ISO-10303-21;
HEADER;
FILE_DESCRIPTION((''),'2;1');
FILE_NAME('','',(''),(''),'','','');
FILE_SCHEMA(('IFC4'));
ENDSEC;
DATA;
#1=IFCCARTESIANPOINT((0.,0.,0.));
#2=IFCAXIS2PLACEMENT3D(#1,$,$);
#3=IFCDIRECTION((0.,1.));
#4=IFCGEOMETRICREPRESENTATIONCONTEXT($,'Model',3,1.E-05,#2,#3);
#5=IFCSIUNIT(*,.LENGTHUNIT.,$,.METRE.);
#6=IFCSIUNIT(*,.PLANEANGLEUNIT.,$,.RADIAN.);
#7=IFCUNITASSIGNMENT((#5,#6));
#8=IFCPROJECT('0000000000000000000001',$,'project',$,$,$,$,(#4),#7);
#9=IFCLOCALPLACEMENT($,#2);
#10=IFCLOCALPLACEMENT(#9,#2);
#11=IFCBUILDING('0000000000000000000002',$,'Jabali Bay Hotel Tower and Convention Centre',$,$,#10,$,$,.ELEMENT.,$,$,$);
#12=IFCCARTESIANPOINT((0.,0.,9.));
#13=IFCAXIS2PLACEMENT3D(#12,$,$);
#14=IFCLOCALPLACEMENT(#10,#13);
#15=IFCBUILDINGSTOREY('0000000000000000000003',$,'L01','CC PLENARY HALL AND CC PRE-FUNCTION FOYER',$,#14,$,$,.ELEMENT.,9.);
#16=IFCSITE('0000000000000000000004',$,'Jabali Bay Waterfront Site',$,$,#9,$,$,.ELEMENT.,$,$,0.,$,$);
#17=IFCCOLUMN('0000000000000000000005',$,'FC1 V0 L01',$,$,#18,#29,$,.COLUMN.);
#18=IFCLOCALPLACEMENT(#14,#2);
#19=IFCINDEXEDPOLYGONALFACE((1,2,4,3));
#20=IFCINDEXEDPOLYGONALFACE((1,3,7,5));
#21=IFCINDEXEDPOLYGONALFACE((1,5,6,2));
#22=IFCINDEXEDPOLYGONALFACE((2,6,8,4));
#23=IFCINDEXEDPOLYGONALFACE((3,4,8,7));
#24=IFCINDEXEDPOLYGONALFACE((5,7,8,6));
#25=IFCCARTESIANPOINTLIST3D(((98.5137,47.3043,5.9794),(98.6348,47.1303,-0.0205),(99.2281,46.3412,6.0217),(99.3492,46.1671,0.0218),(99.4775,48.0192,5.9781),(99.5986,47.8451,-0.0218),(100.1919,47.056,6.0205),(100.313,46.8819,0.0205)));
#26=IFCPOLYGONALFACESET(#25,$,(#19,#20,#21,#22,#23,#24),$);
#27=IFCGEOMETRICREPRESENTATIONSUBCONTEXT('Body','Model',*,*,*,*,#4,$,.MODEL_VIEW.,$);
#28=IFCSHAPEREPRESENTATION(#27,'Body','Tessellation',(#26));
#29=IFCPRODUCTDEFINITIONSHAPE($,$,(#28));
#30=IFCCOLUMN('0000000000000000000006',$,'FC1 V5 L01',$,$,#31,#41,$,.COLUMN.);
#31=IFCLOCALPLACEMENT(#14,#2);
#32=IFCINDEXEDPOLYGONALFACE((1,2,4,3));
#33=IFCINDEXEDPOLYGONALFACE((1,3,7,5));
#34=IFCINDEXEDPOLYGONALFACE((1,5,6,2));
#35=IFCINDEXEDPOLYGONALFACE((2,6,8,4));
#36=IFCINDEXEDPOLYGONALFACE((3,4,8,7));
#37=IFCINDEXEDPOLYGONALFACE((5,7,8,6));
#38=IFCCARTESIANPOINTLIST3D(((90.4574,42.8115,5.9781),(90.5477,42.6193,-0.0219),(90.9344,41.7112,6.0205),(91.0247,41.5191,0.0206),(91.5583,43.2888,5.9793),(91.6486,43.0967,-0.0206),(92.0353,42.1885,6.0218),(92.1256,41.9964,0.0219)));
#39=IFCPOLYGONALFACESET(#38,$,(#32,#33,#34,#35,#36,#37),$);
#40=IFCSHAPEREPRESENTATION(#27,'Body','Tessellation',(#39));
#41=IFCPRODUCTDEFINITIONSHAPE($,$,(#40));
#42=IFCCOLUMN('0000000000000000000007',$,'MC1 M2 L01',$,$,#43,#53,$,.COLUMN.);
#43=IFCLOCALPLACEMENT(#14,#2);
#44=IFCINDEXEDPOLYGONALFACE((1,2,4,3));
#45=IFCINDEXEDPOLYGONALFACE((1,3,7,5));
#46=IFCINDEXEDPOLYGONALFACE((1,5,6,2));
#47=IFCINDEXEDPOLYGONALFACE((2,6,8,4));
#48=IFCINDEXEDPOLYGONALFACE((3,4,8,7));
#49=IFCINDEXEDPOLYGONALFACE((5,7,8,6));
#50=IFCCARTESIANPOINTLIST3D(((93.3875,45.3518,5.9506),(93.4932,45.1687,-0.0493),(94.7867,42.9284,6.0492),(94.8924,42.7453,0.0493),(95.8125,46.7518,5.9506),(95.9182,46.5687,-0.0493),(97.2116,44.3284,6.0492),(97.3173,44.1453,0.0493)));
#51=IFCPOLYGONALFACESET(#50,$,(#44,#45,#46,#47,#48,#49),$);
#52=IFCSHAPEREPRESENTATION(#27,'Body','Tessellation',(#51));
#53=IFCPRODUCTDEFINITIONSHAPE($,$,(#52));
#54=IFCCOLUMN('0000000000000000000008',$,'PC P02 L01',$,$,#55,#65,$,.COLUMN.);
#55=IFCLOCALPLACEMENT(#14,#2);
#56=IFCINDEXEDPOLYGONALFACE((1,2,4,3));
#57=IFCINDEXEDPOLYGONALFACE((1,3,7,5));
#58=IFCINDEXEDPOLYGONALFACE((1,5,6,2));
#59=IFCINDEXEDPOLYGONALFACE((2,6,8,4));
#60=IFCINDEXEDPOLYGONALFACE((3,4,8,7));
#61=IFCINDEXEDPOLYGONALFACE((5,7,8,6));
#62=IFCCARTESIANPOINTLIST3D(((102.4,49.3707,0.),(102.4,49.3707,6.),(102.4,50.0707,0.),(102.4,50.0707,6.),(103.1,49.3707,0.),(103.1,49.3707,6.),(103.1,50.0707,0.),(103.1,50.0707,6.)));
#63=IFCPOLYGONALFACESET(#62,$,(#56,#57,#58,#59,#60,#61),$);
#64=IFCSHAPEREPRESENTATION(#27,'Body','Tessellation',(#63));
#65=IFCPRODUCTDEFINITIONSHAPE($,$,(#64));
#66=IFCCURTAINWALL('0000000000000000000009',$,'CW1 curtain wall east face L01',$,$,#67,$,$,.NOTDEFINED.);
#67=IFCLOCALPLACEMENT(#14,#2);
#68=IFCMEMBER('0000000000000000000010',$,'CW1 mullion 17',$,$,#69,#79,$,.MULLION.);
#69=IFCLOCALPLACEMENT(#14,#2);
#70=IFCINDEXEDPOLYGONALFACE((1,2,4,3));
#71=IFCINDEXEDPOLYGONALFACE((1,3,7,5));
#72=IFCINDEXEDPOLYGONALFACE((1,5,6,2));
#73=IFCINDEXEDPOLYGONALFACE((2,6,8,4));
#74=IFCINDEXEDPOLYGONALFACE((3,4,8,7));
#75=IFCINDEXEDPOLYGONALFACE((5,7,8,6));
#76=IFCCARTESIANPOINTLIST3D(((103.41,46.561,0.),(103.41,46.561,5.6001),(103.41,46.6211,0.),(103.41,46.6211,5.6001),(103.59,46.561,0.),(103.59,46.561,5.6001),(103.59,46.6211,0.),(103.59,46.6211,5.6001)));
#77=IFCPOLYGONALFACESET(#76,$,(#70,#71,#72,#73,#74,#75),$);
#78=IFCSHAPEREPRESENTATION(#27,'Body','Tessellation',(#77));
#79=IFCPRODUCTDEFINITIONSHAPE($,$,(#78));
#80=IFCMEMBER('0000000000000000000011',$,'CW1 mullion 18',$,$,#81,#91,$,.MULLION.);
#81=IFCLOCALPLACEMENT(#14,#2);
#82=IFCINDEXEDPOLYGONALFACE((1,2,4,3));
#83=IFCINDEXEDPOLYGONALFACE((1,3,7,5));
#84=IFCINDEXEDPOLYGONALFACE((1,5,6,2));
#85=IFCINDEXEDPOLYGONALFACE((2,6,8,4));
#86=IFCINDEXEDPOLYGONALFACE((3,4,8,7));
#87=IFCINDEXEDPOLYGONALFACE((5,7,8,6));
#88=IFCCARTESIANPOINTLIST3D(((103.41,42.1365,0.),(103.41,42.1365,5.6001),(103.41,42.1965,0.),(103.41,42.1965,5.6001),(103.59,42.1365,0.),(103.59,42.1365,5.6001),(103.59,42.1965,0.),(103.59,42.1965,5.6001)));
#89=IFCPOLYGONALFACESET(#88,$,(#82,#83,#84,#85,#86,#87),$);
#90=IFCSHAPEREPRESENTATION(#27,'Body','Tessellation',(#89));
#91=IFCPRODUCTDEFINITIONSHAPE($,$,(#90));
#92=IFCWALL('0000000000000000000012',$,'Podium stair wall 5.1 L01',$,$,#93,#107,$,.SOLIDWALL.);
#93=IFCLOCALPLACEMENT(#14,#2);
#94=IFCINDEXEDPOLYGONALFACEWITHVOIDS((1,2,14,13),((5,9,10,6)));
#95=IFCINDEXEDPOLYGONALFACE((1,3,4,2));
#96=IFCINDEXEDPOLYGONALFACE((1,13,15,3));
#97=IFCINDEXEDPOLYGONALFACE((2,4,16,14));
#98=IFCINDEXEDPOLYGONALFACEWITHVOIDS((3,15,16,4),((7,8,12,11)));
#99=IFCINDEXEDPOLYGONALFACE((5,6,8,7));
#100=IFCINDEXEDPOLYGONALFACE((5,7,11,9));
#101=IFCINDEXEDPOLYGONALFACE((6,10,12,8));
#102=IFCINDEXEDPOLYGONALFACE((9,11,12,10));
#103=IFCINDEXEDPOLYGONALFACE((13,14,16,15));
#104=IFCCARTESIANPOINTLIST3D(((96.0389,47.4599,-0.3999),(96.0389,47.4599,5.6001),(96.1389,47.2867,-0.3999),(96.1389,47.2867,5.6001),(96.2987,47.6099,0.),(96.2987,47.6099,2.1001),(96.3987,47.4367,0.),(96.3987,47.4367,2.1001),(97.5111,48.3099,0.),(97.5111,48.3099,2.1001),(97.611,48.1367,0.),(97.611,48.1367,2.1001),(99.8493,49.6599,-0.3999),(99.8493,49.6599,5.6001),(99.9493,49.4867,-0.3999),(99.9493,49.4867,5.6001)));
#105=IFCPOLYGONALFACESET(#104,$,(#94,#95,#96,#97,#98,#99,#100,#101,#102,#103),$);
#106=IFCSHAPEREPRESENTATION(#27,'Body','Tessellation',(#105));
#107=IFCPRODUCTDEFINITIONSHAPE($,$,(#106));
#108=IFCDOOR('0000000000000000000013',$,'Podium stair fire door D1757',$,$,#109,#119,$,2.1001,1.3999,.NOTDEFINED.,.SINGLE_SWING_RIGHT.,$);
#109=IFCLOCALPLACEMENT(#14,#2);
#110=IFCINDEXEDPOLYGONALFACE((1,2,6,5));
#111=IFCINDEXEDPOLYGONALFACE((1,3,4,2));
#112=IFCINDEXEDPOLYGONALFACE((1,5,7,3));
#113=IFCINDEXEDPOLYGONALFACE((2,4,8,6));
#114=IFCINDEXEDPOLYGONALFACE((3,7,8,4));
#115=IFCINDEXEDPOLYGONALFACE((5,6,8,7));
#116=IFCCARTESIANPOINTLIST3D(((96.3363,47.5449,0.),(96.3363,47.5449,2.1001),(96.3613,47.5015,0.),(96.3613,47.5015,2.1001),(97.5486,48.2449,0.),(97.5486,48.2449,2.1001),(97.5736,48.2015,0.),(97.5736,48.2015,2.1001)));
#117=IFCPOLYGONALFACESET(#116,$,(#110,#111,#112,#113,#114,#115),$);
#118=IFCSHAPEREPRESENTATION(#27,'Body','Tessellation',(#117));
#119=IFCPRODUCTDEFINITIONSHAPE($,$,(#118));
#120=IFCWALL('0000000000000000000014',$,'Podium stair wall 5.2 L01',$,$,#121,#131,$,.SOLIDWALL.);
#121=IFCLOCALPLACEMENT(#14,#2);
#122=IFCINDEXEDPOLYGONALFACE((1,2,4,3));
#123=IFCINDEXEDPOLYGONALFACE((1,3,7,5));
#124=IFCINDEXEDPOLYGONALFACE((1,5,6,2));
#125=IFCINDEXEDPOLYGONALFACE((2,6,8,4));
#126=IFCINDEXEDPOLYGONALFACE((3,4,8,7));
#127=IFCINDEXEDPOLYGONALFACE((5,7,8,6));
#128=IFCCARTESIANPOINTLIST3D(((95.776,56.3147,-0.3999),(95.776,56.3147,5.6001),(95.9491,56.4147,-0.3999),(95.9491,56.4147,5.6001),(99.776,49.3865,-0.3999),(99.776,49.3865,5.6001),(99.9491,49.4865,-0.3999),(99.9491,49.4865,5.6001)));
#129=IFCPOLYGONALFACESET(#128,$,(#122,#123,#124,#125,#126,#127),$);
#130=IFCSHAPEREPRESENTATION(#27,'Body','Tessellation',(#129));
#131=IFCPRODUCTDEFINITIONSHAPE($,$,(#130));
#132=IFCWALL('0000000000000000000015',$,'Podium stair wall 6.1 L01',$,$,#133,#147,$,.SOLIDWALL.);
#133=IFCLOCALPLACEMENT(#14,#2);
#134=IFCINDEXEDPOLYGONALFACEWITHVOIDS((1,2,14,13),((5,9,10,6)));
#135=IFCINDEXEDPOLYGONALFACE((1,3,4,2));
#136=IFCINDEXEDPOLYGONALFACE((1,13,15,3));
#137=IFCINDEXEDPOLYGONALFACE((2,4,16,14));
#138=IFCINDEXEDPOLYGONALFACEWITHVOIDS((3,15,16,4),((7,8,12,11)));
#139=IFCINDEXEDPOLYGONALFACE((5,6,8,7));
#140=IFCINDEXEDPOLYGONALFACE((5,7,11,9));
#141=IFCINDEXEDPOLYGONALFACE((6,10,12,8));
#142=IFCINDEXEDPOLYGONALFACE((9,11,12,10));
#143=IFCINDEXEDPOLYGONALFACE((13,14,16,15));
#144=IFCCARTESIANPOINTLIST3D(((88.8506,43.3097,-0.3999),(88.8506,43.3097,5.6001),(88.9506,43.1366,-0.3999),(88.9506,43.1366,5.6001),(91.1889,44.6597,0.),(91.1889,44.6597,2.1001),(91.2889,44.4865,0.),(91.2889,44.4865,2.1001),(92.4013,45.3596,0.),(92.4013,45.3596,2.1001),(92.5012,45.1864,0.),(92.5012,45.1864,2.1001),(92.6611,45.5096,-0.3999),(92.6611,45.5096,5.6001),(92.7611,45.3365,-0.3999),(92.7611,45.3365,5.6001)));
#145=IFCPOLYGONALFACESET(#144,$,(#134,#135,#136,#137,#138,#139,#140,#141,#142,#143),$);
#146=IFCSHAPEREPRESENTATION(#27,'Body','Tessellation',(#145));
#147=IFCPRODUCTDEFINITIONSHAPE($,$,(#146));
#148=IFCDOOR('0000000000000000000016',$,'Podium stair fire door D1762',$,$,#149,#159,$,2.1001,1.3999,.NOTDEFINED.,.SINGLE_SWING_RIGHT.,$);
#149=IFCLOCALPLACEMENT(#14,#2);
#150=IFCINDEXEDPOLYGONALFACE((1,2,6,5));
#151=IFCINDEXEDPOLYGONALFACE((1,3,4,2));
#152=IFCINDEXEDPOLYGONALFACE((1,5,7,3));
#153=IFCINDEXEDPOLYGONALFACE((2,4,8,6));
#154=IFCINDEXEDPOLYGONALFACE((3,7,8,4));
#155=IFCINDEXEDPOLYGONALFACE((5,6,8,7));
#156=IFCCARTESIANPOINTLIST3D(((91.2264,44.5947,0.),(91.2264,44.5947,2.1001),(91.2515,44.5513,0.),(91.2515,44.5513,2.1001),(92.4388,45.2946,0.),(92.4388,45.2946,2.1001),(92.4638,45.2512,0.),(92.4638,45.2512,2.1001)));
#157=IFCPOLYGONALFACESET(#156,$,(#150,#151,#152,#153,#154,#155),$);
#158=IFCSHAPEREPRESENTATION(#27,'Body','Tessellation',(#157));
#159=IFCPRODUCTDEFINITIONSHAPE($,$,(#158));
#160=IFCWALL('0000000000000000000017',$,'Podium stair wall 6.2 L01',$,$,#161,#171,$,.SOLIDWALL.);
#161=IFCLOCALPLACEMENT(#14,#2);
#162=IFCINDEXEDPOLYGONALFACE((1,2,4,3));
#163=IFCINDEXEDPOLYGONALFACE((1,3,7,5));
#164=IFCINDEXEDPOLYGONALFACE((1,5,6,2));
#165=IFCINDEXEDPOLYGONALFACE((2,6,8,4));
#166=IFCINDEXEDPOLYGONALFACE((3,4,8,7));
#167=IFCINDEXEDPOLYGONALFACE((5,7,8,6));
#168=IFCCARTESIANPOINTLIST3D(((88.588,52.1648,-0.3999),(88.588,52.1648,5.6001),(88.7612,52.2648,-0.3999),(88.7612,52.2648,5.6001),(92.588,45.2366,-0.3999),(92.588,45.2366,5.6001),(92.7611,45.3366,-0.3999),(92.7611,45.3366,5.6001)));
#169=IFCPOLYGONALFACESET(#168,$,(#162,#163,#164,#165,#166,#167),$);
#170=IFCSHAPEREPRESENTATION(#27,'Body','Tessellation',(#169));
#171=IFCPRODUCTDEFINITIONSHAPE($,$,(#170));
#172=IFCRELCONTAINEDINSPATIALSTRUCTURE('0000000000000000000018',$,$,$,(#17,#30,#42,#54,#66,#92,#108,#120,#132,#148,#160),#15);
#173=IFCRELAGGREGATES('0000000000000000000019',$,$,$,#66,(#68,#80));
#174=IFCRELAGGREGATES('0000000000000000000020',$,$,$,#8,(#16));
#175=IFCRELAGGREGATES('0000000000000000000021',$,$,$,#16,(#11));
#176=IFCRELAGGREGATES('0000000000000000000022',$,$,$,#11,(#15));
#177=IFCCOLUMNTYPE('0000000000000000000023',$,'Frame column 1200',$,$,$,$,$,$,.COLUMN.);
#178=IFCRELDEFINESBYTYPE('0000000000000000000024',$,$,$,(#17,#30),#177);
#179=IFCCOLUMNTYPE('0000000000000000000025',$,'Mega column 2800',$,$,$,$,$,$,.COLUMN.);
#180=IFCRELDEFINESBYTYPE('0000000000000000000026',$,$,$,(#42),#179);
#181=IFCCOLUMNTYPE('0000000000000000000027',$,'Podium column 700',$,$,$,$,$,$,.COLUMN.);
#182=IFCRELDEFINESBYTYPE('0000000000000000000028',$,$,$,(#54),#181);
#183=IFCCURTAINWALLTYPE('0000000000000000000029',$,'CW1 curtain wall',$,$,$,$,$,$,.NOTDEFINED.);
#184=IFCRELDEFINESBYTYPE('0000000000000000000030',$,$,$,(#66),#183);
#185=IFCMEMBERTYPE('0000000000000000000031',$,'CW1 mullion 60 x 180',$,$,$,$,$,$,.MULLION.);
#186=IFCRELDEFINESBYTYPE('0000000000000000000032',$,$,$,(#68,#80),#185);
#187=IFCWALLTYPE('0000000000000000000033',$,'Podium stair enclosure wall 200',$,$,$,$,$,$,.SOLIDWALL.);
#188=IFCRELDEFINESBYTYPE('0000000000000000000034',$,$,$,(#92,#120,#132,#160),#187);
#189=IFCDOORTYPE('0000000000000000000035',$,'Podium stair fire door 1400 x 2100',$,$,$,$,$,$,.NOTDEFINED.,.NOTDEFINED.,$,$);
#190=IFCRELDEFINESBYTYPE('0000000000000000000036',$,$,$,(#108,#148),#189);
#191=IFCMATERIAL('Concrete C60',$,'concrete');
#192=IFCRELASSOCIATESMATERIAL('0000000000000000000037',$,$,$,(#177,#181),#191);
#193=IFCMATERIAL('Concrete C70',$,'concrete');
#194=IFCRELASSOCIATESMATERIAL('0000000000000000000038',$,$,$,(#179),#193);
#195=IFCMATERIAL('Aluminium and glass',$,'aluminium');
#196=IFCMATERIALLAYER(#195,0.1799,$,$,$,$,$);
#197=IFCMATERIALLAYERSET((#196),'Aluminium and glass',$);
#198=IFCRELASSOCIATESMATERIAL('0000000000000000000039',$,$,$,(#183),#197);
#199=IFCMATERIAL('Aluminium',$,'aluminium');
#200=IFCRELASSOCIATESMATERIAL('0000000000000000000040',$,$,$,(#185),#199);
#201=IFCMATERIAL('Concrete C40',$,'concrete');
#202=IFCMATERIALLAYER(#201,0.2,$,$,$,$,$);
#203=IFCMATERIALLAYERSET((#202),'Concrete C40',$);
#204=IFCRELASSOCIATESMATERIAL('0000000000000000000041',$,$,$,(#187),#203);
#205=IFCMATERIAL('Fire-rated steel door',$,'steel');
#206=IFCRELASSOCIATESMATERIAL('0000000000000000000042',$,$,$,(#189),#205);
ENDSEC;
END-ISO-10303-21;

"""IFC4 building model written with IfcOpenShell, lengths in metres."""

from ifc_helpers import new_model, si_unit, direction, frame, frame_2d, origin, origin_2d, place, context, subcontext, project, spatial, rectangle, extrude, material, layer, layer_set, material_profile, profile_set, type_object, element, fill, aggregate, save


model = new_model("IFC4")

# Units and contexts
model_context = context("Model", 3, precision=1e-05, world=origin(), true_north=direction((0.0, 1.0)))
body_context = subcontext(model_context, "Body", "Model", "MODEL_VIEW")
ifc_project = project(units=[si_unit("LENGTHUNIT", "METRE"), si_unit("PLANEANGLEUNIT", "RADIAN")], contexts=[model_context])

# Site, building, storey
site_placement = place(None, origin())
site = spatial("IfcSite", under=ifc_project, at=site_placement, Name="Jabali Bay Waterfront Site", CompositionType="ELEMENT", RefElevation=0.0)
building_placement = place(site_placement, origin())
building = spatial("IfcBuilding", under=site, at=building_placement, Name="Jabali Bay Hotel Tower and Convention Centre", CompositionType="ELEMENT")
storey_placement = place(building_placement, frame((0.0, 0.0, 9.0)))
storey = spatial("IfcBuildingStorey", under=building, at=storey_placement, Name="L01", Description="CC PLENARY HALL AND CC PRE-FUNCTION FOYER", CompositionType="ELEMENT", Elevation=9.0)

# Columns
ifc_material_1 = material(Name="Concrete C60", Category="concrete")
ifc_material_profile_1 = material_profile(ifc_material_1, rectangle(XDim=1.2, YDim=1.2, at=origin_2d()), Name="Frame column 1200")
ifc_profile_set_1 = profile_set([ifc_material_profile_1], Name="Concrete C60")
column_type_1 = type_object("IfcColumnType", Name="Frame column 1200", PredefinedType="COLUMN", material=ifc_profile_set_1)
for number, where, z_axis, x_axis, name in (
    (1, (99.4739, 47.0061, 0.0), (-0.02017, 0.028994, 0.999376), (-0.803188, -0.595724, 0.001073), "FC1 V0 L01"),
    (2, (91.3367, 42.3079, 0.0), (-0.015046, 0.032003, 0.999375), (0.397507, -0.916918, 0.035347), "FC1 V5 L01"),
):
    element("IfcColumn", number, at=place(storey_placement, frame(where, z_axis=z_axis, x_axis=x_axis)), inside=storey, type_object=column_type_1, Name=name, PredefinedType="COLUMN", context=body_context, shape_type="SweptSolid", body=[
        extrude(rectangle(XDim=1.2, YDim=1.2, at=origin_2d()), origin(), (0.0, 0.0, 1.0), 6.0037),
    ])
ifc_material_2 = material(Name="Concrete C70", Category="concrete")
ifc_material_profile_2 = material_profile(ifc_material_2, rectangle(XDim=2.8, YDim=2.8, at=origin_2d()), Name="Mega column 2800")
ifc_profile_set_2 = profile_set([ifc_material_profile_2], Name="Concrete C70")
column_type_2 = type_object("IfcColumnType", Name="Mega column 2800", PredefinedType="COLUMN", material=ifc_profile_set_2)
column_1_placement = place(storey_placement, frame((95.4053, 44.657, 0.0), z_axis=(-0.017608, 0.030499, 0.99938), x_axis=(0.499679, -0.865495, 0.035217)))
element("IfcColumn", 3, at=column_1_placement, inside=storey, type_object=column_type_2, Name="MC1 M2 L01", PredefinedType="COLUMN", context=body_context, shape_type="SweptSolid", body=[
    extrude(rectangle(XDim=2.8, YDim=2.8, at=origin_2d()), origin(), (0.0, 0.0, 1.0), 6.0037),
])
ifc_material_profile_3 = material_profile(ifc_material_1, rectangle(XDim=0.7, YDim=0.7, at=origin_2d()), Name="Podium column 700")
ifc_profile_set_3 = profile_set([ifc_material_profile_3], Name="Concrete C60")
column_type_3 = type_object("IfcColumnType", Name="Podium column 700", PredefinedType="COLUMN", material=ifc_profile_set_3)
column_2_placement = place(storey_placement, frame((102.75, 49.7207, 0.0), z_axis=(0.0, 0.0, 1.0), x_axis=(1.0, 0.0, 0.0)))
element("IfcColumn", 4, at=column_2_placement, inside=storey, type_object=column_type_3, Name="PC P02 L01", PredefinedType="COLUMN", context=body_context, shape_type="SweptSolid", body=[
    extrude(rectangle(XDim=0.7, YDim=0.7, at=origin_2d()), origin(), (0.0, 0.0, 1.0), 6.0),
])

# Curtain wall, members
ifc_material_3 = material(Name="Aluminium and glass", Category="aluminium")
ifc_layer_1 = layer(ifc_material_3, 0.1799)
ifc_layer_set_1 = layer_set([ifc_layer_1], Name="Aluminium and glass")
curtain_wall_type = type_object("IfcCurtainWallType", Name="CW1 curtain wall", PredefinedType="NOTDEFINED", material=ifc_layer_set_1)
curtain_wall_placement = place(storey_placement, origin())
curtain_wall = element("IfcCurtainWall", 5, at=curtain_wall_placement, inside=storey, type_object=curtain_wall_type, Name="CW1 curtain wall east face L01", PredefinedType="NOTDEFINED")
ifc_material_4 = material(Name="Aluminium", Category="aluminium")
ifc_material_profile_4 = material_profile(ifc_material_4, rectangle(XDim=0.1799, YDim=0.0601, at=origin_2d()), Name="CW1 mullion 60 x 180")
ifc_profile_set_4 = profile_set([ifc_material_profile_4], Name="Aluminium")
member_type = type_object("IfcMemberType", Name="CW1 mullion 60 x 180", PredefinedType="MULLION", material=ifc_profile_set_4)
member_1_placement = place(storey_placement, frame((103.5, 46.5911, 0.0), z_axis=(0.0, 0.0, 1.0), x_axis=(1.0, 0.0, 0.0)))
member_1 = element("IfcMember", 6, at=member_1_placement, type_object=member_type, Name="CW1 mullion 17", PredefinedType="MULLION", context=body_context, shape_type="SweptSolid", body=[
    extrude(rectangle(XDim=0.1799, YDim=0.0601, at=origin_2d()), origin(), (0.0, 0.0, 1.0), 5.6001),
])
member_2_placement = place(storey_placement, frame((103.5, 42.1665, 0.0), z_axis=(0.0, 0.0, 1.0), x_axis=(1.0, 0.0, 0.0)))
member_2 = element("IfcMember", 7, at=member_2_placement, type_object=member_type, Name="CW1 mullion 18", PredefinedType="MULLION", context=body_context, shape_type="SweptSolid", body=[
    extrude(rectangle(XDim=0.1799, YDim=0.0601, at=origin_2d()), origin(), (0.0, 0.0, 1.0), 5.6001),
])
aggregate(curtain_wall, [member_1, member_2])

# Wall, opening, door
ifc_material_5 = material(Name="Concrete C40", Category="concrete")
ifc_layer_2 = layer(ifc_material_5, 0.2)
ifc_layer_set_2 = layer_set([ifc_layer_2], Name="Concrete C40")
wall_type = type_object("IfcWallType", Name="Podium stair enclosure wall 200", PredefinedType="SOLIDWALL", material=ifc_layer_set_2)
wall_1_placement = place(storey_placement, frame((96.0889, 47.3733, -0.3999), z_axis=(0.0, 0.0, 1.0), x_axis=(0.866018, 0.500012, 0.0)))
wall_1 = element("IfcWall", 8, at=wall_1_placement, inside=storey, type_object=wall_type, Name="Podium stair wall 5.1 L01", PredefinedType="SOLIDWALL", context=body_context, shape_type="SweptSolid", body=[
    extrude(rectangle(XDim=4.3999, YDim=0.2, at=frame_2d((2.2, 0.0))), origin(), (0.0, 0.0, 1.0), 6.0),
])
opening_1_placement = place(wall_1_placement, frame((0.3, 0.0, 0.3999)))
opening_1 = element("IfcOpeningElement", 9, at=opening_1_placement, cuts=wall_1, PredefinedType="OPENING", context=body_context, shape_type="SweptSolid", body=[
    extrude(rectangle(XDim=1.3999, YDim=2.1001, at=frame_2d((0.7, 1.05))), frame((0.0, 0.1104, 0.0), z_axis=(0.0, -1.0, 0.0), x_axis=(1.0, 0.0, 0.0)), (0.0, 0.0, 1.0), 0.2209),
])
ifc_material_6 = material(Name="Fire-rated steel door", Category="steel")
door_type = type_object("IfcDoorType", Name="Podium stair fire door 1400 x 2100", OperationType="NOTDEFINED", PredefinedType="NOTDEFINED", material=ifc_material_6)
door_1_placement = place(opening_1_placement, origin())
door_1 = element("IfcDoor", 10, at=door_1_placement, inside=storey, type_object=door_type, Name="Podium stair fire door D1757", OperationType="SINGLE_SWING_RIGHT", OverallHeight=2.1001, OverallWidth=1.3999, PredefinedType="NOTDEFINED", context=body_context, shape_type="SweptSolid", body=[
    extrude(rectangle(XDim=1.3999, YDim=2.1001, at=frame_2d((0.7, 1.05))), frame((0.0, 0.0249, 0.0), z_axis=(0.0, -1.0, 0.0), x_axis=(1.0, 0.0, 0.0)), (0.0, 0.0, 1.0), 0.05),
])
fill(opening_1, door_1)

# Wall
wall_2_placement = place(storey_placement, frame((99.8625, 49.4365, -0.3999), z_axis=(0.0, 0.0, 1.0), x_axis=(-0.499999, 0.866026, 0.0)))
element("IfcWall", 11, at=wall_2_placement, inside=storey, type_object=wall_type, Name="Podium stair wall 5.2 L01", PredefinedType="SOLIDWALL", context=body_context, shape_type="SweptSolid", body=[
    extrude(rectangle(XDim=8.0, YDim=0.2, at=frame_2d((4.0, 0.0))), origin(), (0.0, 0.0, 1.0), 6.0),
])

# Wall, opening, door
wall_3_placement = place(storey_placement, frame((88.9006, 43.2231, -0.3999), z_axis=(0.0, 0.0, 1.0), x_axis=(0.866032, 0.499988, 0.0)))
wall_3 = element("IfcWall", 12, at=wall_3_placement, inside=storey, type_object=wall_type, Name="Podium stair wall 6.1 L01", PredefinedType="SOLIDWALL", context=body_context, shape_type="SweptSolid", body=[
    extrude(rectangle(XDim=4.3999, YDim=0.2, at=frame_2d((2.2, 0.0))), origin(), (0.0, 0.0, 1.0), 6.0),
])
opening_2_placement = place(wall_3_placement, frame((2.7, 0.0, 0.3999)))
opening_2 = element("IfcOpeningElement", 13, at=opening_2_placement, cuts=wall_3, PredefinedType="OPENING", context=body_context, shape_type="SweptSolid", body=[
    extrude(rectangle(XDim=1.3999, YDim=2.1001, at=frame_2d((0.7, 1.05))), frame((0.0, 0.1104, 0.0), z_axis=(0.0, -1.0, 0.0), x_axis=(1.0, 0.0, 0.0)), (0.0, 0.0, 1.0), 0.2209),
])
door_2_placement = place(opening_2_placement, origin())
door_2 = element("IfcDoor", 14, at=door_2_placement, inside=storey, type_object=door_type, Name="Podium stair fire door D1762", OperationType="SINGLE_SWING_RIGHT", OverallHeight=2.1001, OverallWidth=1.3999, PredefinedType="NOTDEFINED", context=body_context, shape_type="SweptSolid", body=[
    extrude(rectangle(XDim=1.3999, YDim=2.1001, at=frame_2d((0.7, 1.05))), frame((0.0, 0.0249, 0.0), z_axis=(0.0, -1.0, 0.0), x_axis=(1.0, 0.0, 0.0)), (0.0, 0.0, 1.0), 0.05),
])
fill(opening_2, door_2)

# Wall
wall_4_placement = place(storey_placement, frame((92.6746, 45.2866, -0.3999), z_axis=(0.0, 0.0, 1.0), x_axis=(-0.499999, 0.866026, 0.0)))
element("IfcWall", 15, at=wall_4_placement, inside=storey, type_object=wall_type, Name="Podium stair wall 6.2 L01", PredefinedType="SOLIDWALL", context=body_context, shape_type="SweptSolid", body=[
    extrude(rectangle(XDim=8.0, YDim=0.2, at=frame_2d((4.0, 0.0))), origin(), (0.0, 0.0, 1.0), 6.0),
])

save(model, "model.ifc")
